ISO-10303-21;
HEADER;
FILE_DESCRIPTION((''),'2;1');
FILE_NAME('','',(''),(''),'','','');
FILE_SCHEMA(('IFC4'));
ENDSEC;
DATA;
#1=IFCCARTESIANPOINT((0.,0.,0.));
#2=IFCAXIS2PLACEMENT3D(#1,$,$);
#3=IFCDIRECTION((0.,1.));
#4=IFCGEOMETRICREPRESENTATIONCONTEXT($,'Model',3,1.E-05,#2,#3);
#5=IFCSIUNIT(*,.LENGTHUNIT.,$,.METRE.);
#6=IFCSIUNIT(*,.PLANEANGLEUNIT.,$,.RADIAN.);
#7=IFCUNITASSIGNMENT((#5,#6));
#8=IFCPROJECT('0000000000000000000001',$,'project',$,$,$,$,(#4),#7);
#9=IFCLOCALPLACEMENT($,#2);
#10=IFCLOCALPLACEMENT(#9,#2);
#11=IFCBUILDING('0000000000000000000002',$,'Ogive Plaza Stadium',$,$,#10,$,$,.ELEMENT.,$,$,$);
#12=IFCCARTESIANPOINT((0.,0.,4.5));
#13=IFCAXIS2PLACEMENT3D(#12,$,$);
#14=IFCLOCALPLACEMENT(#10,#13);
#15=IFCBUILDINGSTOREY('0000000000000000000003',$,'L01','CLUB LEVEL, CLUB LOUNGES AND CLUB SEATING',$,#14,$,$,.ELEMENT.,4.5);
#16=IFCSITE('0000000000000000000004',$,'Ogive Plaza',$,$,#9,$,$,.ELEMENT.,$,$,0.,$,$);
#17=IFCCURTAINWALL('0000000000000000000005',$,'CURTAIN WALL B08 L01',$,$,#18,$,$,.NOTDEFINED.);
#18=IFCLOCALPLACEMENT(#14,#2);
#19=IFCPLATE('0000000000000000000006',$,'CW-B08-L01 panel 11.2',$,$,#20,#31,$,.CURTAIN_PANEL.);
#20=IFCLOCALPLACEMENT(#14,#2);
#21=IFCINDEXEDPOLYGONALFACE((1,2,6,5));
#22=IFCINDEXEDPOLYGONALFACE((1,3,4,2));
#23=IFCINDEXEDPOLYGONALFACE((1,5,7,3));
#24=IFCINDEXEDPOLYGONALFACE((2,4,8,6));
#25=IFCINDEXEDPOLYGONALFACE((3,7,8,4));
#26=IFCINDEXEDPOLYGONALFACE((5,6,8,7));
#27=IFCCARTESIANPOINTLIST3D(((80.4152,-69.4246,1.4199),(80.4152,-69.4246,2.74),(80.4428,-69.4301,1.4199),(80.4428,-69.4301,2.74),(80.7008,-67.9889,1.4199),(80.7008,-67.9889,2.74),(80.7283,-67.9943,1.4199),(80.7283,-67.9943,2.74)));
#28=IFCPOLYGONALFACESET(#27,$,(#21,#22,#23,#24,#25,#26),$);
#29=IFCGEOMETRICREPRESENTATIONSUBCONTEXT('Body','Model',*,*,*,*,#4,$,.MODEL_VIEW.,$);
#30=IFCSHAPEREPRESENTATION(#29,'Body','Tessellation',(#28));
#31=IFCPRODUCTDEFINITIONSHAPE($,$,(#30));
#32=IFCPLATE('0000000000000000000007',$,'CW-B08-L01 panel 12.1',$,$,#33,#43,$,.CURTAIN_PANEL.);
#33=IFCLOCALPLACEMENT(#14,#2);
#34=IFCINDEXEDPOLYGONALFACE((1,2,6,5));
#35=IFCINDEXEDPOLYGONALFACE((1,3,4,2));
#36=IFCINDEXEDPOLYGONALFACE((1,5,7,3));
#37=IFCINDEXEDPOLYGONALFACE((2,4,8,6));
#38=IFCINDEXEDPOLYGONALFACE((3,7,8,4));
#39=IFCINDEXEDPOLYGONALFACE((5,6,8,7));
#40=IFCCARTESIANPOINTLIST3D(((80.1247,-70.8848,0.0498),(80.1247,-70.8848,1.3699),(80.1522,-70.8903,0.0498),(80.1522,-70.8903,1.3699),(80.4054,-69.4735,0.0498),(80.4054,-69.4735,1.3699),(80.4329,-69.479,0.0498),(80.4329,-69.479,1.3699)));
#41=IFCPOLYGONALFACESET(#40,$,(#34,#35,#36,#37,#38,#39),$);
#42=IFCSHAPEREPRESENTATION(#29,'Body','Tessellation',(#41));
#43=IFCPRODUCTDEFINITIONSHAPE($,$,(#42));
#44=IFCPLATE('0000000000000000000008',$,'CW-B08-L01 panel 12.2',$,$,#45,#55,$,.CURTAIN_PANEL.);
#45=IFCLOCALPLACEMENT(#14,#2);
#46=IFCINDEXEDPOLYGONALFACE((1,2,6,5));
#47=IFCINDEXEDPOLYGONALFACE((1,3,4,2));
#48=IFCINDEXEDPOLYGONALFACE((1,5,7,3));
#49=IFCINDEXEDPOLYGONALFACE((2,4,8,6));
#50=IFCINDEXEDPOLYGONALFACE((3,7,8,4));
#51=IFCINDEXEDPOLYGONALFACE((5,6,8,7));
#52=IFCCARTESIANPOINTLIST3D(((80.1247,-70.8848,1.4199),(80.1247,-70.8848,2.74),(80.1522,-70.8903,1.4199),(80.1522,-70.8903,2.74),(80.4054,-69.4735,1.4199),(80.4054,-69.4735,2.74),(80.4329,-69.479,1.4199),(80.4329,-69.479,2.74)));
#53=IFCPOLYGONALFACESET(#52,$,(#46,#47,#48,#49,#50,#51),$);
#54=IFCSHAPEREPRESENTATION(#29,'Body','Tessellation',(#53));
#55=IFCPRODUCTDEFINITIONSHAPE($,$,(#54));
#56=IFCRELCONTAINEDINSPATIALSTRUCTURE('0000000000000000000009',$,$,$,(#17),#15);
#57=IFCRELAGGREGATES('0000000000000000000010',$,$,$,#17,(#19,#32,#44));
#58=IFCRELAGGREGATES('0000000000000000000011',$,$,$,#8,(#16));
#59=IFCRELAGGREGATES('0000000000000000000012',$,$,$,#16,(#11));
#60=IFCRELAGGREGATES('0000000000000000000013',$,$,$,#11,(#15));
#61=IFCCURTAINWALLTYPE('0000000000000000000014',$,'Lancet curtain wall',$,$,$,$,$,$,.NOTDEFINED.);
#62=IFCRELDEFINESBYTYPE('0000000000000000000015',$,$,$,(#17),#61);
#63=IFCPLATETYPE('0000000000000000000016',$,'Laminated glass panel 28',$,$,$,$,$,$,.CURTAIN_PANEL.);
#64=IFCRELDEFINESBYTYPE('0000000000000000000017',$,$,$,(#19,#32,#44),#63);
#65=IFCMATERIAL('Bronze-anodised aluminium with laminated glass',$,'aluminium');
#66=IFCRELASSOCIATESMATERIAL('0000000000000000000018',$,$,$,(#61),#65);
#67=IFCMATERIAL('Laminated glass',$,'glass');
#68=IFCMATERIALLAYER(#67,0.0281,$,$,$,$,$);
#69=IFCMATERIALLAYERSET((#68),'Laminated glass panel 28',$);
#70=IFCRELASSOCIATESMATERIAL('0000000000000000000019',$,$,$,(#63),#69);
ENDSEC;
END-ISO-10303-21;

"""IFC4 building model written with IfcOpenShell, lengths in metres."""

from ifc_helpers import new_model, si_unit, direction, frame, origin, origin_2d, place, context, subcontext, project, spatial, rectangle, extrude, material, layer, layer_set, type_object, element, aggregate, save


model = new_model("IFC4")

# Units and contexts
model_context = context("Model", 3, precision=1e-05, world=origin(), true_north=direction((0.0, 1.0)))
body_context = subcontext(model_context, "Body", "Model", "MODEL_VIEW")
ifc_project = project(units=[si_unit("LENGTHUNIT", "METRE"), si_unit("PLANEANGLEUNIT", "RADIAN")], contexts=[model_context])

# Site, building, storey
site_placement = place(None, origin())
site = spatial("IfcSite", under=ifc_project, at=site_placement, Name="Ogive Plaza", CompositionType="ELEMENT", RefElevation=0.0)
building_placement = place(site_placement, origin())
building = spatial("IfcBuilding", under=site, at=building_placement, Name="Ogive Plaza Stadium", CompositionType="ELEMENT")
storey_placement = place(building_placement, frame((0.0, 0.0, 4.5)))
storey = spatial("IfcBuildingStorey", under=building, at=storey_placement, Name="L01", Description="CLUB LEVEL, CLUB LOUNGES AND CLUB SEATING", CompositionType="ELEMENT", Elevation=4.5)

# Curtain wall
ifc_material_1 = material(Name="Bronze-anodised aluminium with laminated glass", Category="aluminium")
curtain_wall_type = type_object("IfcCurtainWallType", Name="Lancet curtain wall", PredefinedType="NOTDEFINED", material=ifc_material_1)
curtain_wall_1_placement = place(storey_placement, origin())
curtain_wall_1 = element("IfcCurtainWall", 1, at=curtain_wall_1_placement, inside=storey, type_object=curtain_wall_type, Name="CURTAIN WALL B08 L01", PredefinedType="NOTDEFINED")

# Plates
ifc_material_2 = material(Name="Laminated glass", Category="glass")
ifc_layer = layer(ifc_material_2, 0.0281)
ifc_layer_set = layer_set([ifc_layer], Name="Laminated glass panel 28")
plate_type = type_object("IfcPlateType", Name="Laminated glass panel 28", PredefinedType="CURTAIN_PANEL", material=ifc_layer_set)
plate_1_placement = place(storey_placement, frame((80.5718, -68.7095, 1.4199), z_axis=(0.0, 0.0, 1.0), x_axis=(-0.19509, -0.980785, 0.0)))
plate_1 = element("IfcPlate", 2, at=plate_1_placement, type_object=plate_type, Name="CW-B08-L01 panel 11.2", PredefinedType="CURTAIN_PANEL", context=body_context, shape_type="SweptSolid", body=[
    extrude(rectangle(XDim=1.4639, YDim=0.0281, at=origin_2d()), origin(), (0.0, 0.0, 1.0), 1.3201),
])
plate_2_placement = place(storey_placement, frame((80.2788, -70.1819, 0.0498), z_axis=(0.0, 0.0, 1.0), x_axis=(-0.19509, -0.980785, 0.0)))
plate_2 = element("IfcPlate", 3, at=plate_2_placement, type_object=plate_type, Name="CW-B08-L01 panel 12.1", PredefinedType="CURTAIN_PANEL", context=body_context, shape_type="SweptSolid", body=[
    extrude(rectangle(XDim=1.439, YDim=0.0281, at=origin_2d()), origin(), (0.0, 0.0, 1.0), 1.3201),
])
plate_3_placement = place(storey_placement, frame((80.2788, -70.1819, 1.4199), z_axis=(0.0, 0.0, 1.0), x_axis=(-0.19509, -0.980785, 0.0)))
plate_3 = element("IfcPlate", 4, at=plate_3_placement, type_object=plate_type, Name="CW-B08-L01 panel 12.2", PredefinedType="CURTAIN_PANEL", context=body_context, shape_type="SweptSolid", body=[
    extrude(rectangle(XDim=1.439, YDim=0.0281, at=origin_2d()), origin(), (0.0, 0.0, 1.0), 1.3201),
])
aggregate(curtain_wall_1, [plate_1, plate_2, plate_3])

save(model, "model.ifc")
